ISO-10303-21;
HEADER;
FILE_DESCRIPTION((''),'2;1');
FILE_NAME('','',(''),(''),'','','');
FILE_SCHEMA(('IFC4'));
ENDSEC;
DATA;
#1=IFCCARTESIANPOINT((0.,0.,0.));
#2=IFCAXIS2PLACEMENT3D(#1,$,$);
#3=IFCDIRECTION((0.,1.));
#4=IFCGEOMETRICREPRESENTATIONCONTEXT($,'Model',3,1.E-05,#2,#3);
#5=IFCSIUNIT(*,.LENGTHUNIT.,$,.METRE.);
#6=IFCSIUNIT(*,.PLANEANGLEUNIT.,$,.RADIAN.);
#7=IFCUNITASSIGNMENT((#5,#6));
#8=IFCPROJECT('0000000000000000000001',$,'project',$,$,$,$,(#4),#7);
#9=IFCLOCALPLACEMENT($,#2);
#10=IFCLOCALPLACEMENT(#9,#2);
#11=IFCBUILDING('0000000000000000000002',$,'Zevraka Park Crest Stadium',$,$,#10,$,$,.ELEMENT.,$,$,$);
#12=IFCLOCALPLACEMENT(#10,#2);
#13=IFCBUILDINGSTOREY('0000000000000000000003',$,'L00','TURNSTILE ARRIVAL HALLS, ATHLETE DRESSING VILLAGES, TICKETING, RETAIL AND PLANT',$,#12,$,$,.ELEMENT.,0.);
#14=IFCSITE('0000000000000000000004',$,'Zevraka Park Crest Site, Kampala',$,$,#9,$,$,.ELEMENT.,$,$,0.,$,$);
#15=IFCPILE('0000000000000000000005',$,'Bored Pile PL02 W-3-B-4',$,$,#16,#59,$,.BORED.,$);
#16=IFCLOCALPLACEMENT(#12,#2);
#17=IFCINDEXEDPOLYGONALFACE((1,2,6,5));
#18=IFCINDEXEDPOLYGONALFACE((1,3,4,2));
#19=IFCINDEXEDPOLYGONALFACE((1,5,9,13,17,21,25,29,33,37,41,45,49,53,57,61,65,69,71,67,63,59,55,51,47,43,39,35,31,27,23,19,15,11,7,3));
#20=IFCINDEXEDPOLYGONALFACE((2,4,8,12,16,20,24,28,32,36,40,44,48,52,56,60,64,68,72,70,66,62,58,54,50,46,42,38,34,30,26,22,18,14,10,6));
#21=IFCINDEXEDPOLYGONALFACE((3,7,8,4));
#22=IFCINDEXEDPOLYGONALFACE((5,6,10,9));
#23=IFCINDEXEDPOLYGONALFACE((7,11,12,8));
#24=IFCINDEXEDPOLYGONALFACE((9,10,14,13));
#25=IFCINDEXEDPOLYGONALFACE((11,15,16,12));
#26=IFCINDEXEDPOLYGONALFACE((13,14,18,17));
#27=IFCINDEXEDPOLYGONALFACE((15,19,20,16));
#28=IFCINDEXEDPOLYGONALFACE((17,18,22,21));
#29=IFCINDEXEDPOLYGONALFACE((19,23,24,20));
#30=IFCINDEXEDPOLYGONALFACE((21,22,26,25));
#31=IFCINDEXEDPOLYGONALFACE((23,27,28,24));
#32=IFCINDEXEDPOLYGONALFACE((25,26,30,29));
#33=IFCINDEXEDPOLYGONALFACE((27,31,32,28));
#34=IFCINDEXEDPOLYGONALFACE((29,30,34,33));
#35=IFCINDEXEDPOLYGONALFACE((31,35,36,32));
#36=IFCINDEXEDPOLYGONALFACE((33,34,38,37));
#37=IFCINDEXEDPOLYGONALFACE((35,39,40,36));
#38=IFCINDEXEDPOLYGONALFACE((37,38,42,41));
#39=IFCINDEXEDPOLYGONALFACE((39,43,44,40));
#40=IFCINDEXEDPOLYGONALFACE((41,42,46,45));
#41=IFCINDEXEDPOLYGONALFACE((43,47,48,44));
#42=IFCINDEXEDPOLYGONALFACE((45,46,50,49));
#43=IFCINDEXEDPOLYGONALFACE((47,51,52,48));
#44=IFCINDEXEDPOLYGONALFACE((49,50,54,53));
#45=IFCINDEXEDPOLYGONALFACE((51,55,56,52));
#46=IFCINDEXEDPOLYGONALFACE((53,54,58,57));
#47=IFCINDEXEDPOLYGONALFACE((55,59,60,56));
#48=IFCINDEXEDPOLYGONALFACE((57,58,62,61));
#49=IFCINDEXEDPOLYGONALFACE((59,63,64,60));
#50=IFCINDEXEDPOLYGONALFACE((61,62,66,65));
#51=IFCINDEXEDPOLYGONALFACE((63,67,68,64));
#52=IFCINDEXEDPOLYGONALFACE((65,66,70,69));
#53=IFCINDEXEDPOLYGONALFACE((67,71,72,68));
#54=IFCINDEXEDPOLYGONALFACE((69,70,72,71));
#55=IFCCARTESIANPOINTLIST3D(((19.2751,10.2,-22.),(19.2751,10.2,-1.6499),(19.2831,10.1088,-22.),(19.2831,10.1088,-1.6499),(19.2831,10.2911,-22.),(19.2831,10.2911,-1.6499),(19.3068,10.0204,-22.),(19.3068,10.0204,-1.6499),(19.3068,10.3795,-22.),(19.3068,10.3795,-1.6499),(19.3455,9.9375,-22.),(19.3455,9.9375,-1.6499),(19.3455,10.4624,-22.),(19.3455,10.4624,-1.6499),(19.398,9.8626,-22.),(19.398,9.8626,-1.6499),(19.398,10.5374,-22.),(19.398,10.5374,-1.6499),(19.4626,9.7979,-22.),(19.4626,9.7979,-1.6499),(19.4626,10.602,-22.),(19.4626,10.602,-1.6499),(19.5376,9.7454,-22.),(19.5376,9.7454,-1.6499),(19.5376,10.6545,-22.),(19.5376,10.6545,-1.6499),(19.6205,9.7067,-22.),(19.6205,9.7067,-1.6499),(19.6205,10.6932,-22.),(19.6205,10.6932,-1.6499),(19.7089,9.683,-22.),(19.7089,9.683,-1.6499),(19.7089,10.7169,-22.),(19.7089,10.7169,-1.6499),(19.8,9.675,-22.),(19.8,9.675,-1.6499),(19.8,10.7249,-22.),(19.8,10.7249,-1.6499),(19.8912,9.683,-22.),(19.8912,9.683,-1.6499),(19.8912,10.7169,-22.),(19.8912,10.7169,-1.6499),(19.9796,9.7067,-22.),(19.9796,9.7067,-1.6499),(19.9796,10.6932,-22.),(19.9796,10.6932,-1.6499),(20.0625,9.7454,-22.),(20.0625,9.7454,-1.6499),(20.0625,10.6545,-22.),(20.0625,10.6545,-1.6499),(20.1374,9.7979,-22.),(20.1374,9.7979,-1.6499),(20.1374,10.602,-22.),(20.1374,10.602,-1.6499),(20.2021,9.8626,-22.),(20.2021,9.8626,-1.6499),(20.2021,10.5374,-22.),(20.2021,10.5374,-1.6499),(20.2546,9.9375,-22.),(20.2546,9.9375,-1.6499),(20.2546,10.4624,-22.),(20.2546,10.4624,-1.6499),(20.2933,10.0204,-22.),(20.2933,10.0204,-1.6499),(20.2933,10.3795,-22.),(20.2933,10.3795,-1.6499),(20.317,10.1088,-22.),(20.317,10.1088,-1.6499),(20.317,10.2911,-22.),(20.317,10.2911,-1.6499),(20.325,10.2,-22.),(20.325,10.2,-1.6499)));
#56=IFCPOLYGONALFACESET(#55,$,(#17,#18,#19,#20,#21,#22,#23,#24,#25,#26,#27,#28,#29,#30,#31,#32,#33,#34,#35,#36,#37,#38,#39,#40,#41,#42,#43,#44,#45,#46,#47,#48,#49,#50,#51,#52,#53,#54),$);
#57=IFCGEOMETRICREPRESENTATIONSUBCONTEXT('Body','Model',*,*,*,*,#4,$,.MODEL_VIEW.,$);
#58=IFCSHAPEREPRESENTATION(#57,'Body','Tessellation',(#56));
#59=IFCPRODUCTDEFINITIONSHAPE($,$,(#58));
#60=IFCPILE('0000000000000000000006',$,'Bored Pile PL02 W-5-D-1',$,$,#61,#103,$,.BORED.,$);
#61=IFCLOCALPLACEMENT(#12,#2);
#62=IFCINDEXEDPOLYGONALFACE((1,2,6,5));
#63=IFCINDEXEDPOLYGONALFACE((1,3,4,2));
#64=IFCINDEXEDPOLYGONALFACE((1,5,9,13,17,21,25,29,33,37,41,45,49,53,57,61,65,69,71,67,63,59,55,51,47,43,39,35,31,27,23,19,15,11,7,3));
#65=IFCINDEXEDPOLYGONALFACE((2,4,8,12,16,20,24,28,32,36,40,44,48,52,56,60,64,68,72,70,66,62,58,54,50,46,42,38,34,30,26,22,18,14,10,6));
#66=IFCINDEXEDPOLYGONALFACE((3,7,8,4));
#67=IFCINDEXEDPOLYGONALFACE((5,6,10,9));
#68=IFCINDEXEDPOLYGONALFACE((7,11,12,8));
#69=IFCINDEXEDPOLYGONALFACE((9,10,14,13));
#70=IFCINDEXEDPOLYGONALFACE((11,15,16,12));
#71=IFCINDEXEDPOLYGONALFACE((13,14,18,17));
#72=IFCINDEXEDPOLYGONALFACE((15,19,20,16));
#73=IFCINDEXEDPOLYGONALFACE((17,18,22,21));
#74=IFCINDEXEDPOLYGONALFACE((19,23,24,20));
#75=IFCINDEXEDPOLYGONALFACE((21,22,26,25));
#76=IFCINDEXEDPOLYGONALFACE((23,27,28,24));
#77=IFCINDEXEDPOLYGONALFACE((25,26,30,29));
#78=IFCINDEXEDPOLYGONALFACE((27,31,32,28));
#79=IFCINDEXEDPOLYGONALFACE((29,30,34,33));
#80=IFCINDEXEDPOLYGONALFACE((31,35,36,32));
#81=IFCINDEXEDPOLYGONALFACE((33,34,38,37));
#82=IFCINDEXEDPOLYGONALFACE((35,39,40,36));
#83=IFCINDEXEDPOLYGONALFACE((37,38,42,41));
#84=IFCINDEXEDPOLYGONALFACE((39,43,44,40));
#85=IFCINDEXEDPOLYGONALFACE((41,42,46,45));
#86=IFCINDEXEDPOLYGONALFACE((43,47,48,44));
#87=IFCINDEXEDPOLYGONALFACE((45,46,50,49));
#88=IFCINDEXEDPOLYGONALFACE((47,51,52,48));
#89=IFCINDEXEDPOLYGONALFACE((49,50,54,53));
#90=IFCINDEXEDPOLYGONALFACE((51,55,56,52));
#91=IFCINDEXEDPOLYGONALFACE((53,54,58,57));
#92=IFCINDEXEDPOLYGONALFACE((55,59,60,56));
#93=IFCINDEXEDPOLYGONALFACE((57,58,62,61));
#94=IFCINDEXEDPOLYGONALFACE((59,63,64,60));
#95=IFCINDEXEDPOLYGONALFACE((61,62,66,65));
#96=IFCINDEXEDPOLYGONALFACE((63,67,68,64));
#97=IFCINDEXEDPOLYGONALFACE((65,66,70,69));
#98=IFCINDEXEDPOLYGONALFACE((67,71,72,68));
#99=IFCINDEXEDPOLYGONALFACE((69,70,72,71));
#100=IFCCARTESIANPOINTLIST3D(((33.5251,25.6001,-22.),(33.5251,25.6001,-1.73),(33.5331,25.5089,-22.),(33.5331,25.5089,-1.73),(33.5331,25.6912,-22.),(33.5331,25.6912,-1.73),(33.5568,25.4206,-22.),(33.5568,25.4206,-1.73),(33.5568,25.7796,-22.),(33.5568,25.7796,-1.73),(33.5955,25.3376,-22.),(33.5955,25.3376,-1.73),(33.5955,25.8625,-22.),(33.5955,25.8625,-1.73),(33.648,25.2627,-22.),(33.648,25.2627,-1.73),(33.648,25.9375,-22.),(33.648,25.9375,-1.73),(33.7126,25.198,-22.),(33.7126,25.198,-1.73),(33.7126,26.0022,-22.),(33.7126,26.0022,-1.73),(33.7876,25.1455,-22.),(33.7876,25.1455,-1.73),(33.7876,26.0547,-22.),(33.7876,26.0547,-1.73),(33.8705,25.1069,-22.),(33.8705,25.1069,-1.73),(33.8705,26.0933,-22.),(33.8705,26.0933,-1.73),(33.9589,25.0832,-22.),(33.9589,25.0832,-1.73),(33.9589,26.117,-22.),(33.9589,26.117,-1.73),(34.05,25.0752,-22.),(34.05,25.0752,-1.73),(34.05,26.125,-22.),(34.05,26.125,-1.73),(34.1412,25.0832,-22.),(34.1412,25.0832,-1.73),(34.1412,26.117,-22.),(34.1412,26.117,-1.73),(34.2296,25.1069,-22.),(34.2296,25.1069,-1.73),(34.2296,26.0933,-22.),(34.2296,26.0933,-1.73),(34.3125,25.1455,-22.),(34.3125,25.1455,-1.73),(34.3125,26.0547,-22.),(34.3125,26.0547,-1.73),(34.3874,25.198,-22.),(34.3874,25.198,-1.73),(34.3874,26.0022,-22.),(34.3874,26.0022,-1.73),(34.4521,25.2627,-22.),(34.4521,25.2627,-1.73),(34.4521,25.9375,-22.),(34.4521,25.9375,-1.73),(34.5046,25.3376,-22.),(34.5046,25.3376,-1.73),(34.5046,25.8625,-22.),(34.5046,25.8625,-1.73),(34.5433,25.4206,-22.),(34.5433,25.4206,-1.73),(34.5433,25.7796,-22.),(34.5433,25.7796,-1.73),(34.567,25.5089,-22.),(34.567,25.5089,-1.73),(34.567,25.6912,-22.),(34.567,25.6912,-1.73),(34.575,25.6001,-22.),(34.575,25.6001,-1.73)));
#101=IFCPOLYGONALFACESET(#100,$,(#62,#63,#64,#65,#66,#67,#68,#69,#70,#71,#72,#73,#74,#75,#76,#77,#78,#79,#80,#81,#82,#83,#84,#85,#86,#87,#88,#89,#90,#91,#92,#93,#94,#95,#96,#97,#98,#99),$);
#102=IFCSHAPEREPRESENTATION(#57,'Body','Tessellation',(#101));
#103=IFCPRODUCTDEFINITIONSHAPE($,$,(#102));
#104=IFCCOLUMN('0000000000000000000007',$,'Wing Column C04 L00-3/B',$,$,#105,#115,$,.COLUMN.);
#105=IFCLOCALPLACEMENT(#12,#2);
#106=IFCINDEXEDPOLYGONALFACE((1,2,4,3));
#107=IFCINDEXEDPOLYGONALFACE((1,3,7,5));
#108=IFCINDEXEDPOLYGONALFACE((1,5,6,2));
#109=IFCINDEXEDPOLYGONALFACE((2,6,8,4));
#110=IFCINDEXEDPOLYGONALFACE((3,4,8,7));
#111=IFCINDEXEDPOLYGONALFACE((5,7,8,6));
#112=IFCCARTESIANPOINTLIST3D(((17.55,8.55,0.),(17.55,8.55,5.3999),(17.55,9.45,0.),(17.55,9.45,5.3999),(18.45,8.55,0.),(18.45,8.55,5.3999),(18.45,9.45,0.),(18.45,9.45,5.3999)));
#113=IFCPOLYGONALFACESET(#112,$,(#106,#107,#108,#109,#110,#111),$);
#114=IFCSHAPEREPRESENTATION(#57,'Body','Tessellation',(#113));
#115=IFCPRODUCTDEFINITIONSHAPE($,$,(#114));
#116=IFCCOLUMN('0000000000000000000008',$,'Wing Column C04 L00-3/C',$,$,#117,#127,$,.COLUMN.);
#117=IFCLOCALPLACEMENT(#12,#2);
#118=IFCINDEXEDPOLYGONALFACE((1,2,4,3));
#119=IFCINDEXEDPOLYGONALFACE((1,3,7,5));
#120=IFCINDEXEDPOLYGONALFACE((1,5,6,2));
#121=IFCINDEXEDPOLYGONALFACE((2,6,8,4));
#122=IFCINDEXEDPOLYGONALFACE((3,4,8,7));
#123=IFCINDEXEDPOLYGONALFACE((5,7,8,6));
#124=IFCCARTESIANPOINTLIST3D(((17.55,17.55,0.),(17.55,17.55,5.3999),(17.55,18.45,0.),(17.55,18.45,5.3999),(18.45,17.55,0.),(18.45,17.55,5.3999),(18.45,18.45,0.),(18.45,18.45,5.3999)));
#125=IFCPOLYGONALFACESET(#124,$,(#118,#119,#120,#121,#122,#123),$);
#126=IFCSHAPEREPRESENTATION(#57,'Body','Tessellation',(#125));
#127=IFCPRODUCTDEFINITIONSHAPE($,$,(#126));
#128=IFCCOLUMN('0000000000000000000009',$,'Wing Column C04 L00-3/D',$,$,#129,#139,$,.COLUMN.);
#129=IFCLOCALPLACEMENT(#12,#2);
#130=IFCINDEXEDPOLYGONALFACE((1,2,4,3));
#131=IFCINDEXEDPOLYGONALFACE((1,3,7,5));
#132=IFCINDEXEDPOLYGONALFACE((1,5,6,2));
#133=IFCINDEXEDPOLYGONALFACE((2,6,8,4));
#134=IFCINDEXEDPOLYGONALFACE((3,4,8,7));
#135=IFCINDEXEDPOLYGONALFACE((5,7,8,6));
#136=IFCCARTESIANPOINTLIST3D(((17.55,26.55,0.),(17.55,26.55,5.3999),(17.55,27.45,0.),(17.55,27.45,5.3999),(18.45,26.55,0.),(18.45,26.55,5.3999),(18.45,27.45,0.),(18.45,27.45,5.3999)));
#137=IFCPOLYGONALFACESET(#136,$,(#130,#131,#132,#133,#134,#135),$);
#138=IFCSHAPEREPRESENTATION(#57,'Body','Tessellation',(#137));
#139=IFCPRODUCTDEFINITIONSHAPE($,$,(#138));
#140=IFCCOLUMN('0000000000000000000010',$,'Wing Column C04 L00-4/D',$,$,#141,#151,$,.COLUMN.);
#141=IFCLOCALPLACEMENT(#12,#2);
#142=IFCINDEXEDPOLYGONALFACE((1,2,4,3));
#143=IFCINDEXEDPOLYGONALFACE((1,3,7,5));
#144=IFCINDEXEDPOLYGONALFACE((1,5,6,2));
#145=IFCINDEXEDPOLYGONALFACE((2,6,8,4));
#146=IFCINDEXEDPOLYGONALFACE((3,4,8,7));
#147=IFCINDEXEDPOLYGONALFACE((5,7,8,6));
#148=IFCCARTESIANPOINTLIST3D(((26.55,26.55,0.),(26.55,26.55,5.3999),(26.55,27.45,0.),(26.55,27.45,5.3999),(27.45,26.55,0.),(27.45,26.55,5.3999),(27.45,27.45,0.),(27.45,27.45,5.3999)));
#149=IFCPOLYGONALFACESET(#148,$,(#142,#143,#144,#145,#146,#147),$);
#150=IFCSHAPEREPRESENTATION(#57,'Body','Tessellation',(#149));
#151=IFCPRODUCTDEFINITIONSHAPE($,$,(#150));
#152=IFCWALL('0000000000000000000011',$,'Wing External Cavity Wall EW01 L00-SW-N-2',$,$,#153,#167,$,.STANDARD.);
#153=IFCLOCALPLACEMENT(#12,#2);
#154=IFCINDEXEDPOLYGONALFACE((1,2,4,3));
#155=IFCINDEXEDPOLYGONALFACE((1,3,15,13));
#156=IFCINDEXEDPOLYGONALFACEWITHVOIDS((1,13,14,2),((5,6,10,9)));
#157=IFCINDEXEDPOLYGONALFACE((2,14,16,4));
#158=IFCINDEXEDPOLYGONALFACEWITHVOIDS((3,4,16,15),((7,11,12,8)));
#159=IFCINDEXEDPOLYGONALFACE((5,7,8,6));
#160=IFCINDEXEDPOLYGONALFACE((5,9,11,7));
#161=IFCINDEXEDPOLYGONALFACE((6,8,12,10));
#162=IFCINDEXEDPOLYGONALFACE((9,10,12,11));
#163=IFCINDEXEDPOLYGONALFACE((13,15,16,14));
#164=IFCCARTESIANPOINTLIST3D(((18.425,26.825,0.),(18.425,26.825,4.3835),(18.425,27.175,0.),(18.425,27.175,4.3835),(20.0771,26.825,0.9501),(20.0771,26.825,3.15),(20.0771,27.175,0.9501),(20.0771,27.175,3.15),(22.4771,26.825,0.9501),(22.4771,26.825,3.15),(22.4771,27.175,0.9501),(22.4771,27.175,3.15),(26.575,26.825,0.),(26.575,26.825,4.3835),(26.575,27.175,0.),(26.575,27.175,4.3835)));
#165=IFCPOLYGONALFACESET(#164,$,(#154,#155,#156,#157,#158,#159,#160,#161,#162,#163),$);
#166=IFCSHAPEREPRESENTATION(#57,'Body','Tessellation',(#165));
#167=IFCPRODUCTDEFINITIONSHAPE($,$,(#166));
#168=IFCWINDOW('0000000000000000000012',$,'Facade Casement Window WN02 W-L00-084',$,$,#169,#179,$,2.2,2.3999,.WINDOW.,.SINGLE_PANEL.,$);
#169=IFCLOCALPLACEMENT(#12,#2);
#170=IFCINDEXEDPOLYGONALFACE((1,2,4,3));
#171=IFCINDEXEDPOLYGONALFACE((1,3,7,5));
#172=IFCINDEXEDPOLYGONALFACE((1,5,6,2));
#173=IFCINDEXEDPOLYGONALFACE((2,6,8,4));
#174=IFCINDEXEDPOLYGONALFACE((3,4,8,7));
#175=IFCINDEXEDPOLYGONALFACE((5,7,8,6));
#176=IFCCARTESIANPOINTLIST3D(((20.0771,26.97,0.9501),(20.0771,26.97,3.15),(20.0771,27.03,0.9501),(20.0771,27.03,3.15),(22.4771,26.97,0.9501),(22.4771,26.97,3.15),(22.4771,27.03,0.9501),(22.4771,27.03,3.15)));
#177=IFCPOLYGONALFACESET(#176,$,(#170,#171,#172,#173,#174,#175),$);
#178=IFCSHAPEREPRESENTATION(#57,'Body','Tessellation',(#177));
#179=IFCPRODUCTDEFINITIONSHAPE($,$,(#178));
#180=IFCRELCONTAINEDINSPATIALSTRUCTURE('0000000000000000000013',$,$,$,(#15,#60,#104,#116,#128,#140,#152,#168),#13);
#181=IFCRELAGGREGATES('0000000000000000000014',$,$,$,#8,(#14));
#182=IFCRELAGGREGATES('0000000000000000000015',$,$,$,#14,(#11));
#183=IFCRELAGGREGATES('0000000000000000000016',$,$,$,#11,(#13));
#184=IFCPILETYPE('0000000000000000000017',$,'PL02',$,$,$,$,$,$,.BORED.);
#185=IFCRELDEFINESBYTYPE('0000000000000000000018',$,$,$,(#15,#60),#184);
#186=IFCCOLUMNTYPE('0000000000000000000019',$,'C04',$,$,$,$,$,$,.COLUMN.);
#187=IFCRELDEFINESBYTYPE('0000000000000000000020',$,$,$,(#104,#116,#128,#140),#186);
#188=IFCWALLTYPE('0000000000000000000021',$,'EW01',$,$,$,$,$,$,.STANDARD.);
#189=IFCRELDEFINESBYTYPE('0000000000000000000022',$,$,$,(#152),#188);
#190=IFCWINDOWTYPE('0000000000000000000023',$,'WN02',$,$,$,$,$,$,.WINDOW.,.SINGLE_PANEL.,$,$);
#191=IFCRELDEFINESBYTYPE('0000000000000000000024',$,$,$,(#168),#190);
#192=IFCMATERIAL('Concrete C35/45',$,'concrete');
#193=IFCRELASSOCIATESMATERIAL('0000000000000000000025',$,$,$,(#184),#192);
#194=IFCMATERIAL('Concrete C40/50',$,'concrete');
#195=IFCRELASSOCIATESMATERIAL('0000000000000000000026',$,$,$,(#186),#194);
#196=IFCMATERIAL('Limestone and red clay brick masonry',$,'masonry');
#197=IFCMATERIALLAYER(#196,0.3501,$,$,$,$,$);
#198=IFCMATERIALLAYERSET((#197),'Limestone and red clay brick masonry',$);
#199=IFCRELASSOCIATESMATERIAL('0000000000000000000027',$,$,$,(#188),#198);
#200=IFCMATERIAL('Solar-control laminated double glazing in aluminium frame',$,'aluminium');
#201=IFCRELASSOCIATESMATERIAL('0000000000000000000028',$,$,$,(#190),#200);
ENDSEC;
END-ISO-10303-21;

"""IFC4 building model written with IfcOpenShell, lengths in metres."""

from ifc_helpers import new_model, si_unit, direction, frame, frame_2d, origin, origin_2d, place, context, subcontext, project, spatial, rectangle, circle, extrude, material, layer, layer_set, material_profile, profile_set, type_object, element, fill, save


model = new_model("IFC4")

# Units and contexts
model_context = context("Model", 3, precision=1e-05, world=origin(), true_north=direction((0.0, 1.0)))
body_context = subcontext(model_context, "Body", "Model", "MODEL_VIEW")
ifc_project = project(units=[si_unit("LENGTHUNIT", "METRE"), si_unit("PLANEANGLEUNIT", "RADIAN")], contexts=[model_context])

# Site, building, storey
site_placement = place(None, origin())
site = spatial("IfcSite", under=ifc_project, at=site_placement, Name="Zevraka Park Crest Site, Kampala", CompositionType="ELEMENT", RefElevation=0.0)
building_placement = place(site_placement, origin())
building = spatial("IfcBuilding", under=site, at=building_placement, Name="Zevraka Park Crest Stadium", CompositionType="ELEMENT")
storey_placement = place(building_placement, origin())
storey = spatial("IfcBuildingStorey", under=building, at=storey_placement, Name="L00", Description="TURNSTILE ARRIVAL HALLS, ATHLETE DRESSING VILLAGES, TICKETING, RETAIL AND PLANT", CompositionType="ELEMENT", Elevation=0.0)

# Piles
ifc_material_1 = material(Name="Concrete C35/45", Category="concrete")
ifc_material_profile_1 = material_profile(ifc_material_1, circle(Radius=0.5249, at=origin_2d()), Name="PILE D1050")
ifc_profile_set_1 = profile_set([ifc_material_profile_1], Name="Concrete C35/45")
pile_type_1 = type_object("IfcPileType", Name="PL02", PredefinedType="BORED", material=ifc_profile_set_1)
pile_1_placement = place(storey_placement, frame((19.8, 10.2, -1.6499), z_axis=(0.0, 0.0, -1.0), x_axis=(1.0, 0.0, 0.0)))
element("IfcPile", 1, at=pile_1_placement, inside=storey, type_object=pile_type_1, Name="Bored Pile PL02 W-3-B-4", PredefinedType="BORED", context=body_context, shape_type="SweptSolid", body=[
    extrude(circle(Radius=0.5249, at=origin_2d()), origin(), (0.0, 0.0, 1.0), 20.3501),
])
pile_2_placement = place(storey_placement, frame((34.05, 25.6001, -1.73), z_axis=(0.0, 0.0, -1.0), x_axis=(1.0, 0.0, 0.0)))
element("IfcPile", 2, at=pile_2_placement, inside=storey, type_object=pile_type_1, Name="Bored Pile PL02 W-5-D-1", PredefinedType="BORED", context=body_context, shape_type="SweptSolid", body=[
    extrude(circle(Radius=0.5249, at=origin_2d()), origin(), (0.0, 0.0, 1.0), 20.27),
])

# Columns
ifc_material_2 = material(Name="Concrete C40/50", Category="concrete")
ifc_material_profile_2 = material_profile(ifc_material_2, rectangle(XDim=0.8999, YDim=0.8999, at=origin_2d()), Name="RC 900x900")
ifc_profile_set_2 = profile_set([ifc_material_profile_2], Name="Concrete C40/50")
column_type = type_object("IfcColumnType", Name="C04", PredefinedType="COLUMN", material=ifc_profile_set_2)
for number, where, z_axis, x_axis, name in (
    (3, (18.0, 9.0, 0.0), (0.0, 0.0, 1.0), (1.0, 0.0, 0.0), "Wing Column C04 L00-3/B"),
    (4, (18.0, 18.0, 0.0), (0.0, 0.0, 1.0), (1.0, 0.0, 0.0), "Wing Column C04 L00-3/C"),
    (5, (18.0, 27.0, 0.0), (0.0, 0.0, 1.0), (1.0, 0.0, 0.0), "Wing Column C04 L00-3/D"),
    (6, (27.0, 27.0, 0.0), (0.0, 0.0, 1.0), (1.0, 0.0, 0.0), "Wing Column C04 L00-4/D"),
):
    element("IfcColumn", number, at=place(storey_placement, frame(where, z_axis=z_axis, x_axis=x_axis)), inside=storey, type_object=column_type, Name=name, PredefinedType="COLUMN", context=body_context, shape_type="SweptSolid", body=[
        extrude(rectangle(XDim=0.8999, YDim=0.8999, at=origin_2d()), origin(), (0.0, 0.0, 1.0), 5.3999),
    ])

# Wall, opening, window
ifc_material_3 = material(Name="Limestone and red clay brick masonry", Category="masonry")
ifc_layer_1 = layer(ifc_material_3, 0.3501)
ifc_layer_set_1 = layer_set([ifc_layer_1], Name="Limestone and red clay brick masonry")
wall_type_1 = type_object("IfcWallType", Name="EW01", PredefinedType="STANDARD", material=ifc_layer_set_1)
wall_1_placement = place(storey_placement, frame((18.425, 27.0, 0.0), z_axis=(0.0, 0.0, 1.0), x_axis=(1.0, 0.0, 0.0)))
wall_1 = element("IfcWall", 7, at=wall_1_placement, inside=storey, type_object=wall_type_1, Name="Wing External Cavity Wall EW01 L00-SW-N-2", PredefinedType="STANDARD", context=body_context, shape_type="SweptSolid", body=[
    extrude(rectangle(XDim=8.1499, YDim=0.3501, at=frame_2d((4.075, 0.0))), origin(), (0.0, 0.0, 1.0), 4.3835),
])
opening_1_placement = place(wall_1_placement, frame((1.6521, 0.0, 0.95)))
opening_1 = element("IfcOpeningElement", 8, at=opening_1_placement, cuts=wall_1, PredefinedType="OPENING", context=body_context, shape_type="SweptSolid", body=[
    extrude(rectangle(XDim=2.3999, YDim=2.2, at=frame_2d((1.2, 1.1001))), frame((0.0, 0.1851, 0.0), z_axis=(0.0, -1.0, 0.0), x_axis=(1.0, 0.0, 0.0)), (0.0, 0.0, 1.0), 0.3701),
])
ifc_material_4 = material(Name="Solar-control laminated double glazing in aluminium frame", Category="aluminium")
window_type_1 = type_object("IfcWindowType", Name="WN02", PartitioningType="SINGLE_PANEL", PredefinedType="WINDOW", material=ifc_material_4)
window_1_placement = place(opening_1_placement, origin())
window_1 = element("IfcWindow", 9, at=window_1_placement, inside=storey, type_object=window_type_1, Name="Facade Casement Window WN02 W-L00-084", OverallHeight=2.2, OverallWidth=2.3999, PartitioningType="SINGLE_PANEL", PredefinedType="WINDOW", context=body_context, shape_type="SweptSolid", body=[
    extrude(rectangle(XDim=2.3999, YDim=2.2, at=frame_2d((1.2, 1.1001))), frame((0.0, 0.03, 0.0), z_axis=(0.0, -1.0, 0.0), x_axis=(1.0, 0.0, 0.0)), (0.0, 0.0, 1.0), 0.0601),
])
fill(opening_1, window_1)

save(model, "model.ifc")
